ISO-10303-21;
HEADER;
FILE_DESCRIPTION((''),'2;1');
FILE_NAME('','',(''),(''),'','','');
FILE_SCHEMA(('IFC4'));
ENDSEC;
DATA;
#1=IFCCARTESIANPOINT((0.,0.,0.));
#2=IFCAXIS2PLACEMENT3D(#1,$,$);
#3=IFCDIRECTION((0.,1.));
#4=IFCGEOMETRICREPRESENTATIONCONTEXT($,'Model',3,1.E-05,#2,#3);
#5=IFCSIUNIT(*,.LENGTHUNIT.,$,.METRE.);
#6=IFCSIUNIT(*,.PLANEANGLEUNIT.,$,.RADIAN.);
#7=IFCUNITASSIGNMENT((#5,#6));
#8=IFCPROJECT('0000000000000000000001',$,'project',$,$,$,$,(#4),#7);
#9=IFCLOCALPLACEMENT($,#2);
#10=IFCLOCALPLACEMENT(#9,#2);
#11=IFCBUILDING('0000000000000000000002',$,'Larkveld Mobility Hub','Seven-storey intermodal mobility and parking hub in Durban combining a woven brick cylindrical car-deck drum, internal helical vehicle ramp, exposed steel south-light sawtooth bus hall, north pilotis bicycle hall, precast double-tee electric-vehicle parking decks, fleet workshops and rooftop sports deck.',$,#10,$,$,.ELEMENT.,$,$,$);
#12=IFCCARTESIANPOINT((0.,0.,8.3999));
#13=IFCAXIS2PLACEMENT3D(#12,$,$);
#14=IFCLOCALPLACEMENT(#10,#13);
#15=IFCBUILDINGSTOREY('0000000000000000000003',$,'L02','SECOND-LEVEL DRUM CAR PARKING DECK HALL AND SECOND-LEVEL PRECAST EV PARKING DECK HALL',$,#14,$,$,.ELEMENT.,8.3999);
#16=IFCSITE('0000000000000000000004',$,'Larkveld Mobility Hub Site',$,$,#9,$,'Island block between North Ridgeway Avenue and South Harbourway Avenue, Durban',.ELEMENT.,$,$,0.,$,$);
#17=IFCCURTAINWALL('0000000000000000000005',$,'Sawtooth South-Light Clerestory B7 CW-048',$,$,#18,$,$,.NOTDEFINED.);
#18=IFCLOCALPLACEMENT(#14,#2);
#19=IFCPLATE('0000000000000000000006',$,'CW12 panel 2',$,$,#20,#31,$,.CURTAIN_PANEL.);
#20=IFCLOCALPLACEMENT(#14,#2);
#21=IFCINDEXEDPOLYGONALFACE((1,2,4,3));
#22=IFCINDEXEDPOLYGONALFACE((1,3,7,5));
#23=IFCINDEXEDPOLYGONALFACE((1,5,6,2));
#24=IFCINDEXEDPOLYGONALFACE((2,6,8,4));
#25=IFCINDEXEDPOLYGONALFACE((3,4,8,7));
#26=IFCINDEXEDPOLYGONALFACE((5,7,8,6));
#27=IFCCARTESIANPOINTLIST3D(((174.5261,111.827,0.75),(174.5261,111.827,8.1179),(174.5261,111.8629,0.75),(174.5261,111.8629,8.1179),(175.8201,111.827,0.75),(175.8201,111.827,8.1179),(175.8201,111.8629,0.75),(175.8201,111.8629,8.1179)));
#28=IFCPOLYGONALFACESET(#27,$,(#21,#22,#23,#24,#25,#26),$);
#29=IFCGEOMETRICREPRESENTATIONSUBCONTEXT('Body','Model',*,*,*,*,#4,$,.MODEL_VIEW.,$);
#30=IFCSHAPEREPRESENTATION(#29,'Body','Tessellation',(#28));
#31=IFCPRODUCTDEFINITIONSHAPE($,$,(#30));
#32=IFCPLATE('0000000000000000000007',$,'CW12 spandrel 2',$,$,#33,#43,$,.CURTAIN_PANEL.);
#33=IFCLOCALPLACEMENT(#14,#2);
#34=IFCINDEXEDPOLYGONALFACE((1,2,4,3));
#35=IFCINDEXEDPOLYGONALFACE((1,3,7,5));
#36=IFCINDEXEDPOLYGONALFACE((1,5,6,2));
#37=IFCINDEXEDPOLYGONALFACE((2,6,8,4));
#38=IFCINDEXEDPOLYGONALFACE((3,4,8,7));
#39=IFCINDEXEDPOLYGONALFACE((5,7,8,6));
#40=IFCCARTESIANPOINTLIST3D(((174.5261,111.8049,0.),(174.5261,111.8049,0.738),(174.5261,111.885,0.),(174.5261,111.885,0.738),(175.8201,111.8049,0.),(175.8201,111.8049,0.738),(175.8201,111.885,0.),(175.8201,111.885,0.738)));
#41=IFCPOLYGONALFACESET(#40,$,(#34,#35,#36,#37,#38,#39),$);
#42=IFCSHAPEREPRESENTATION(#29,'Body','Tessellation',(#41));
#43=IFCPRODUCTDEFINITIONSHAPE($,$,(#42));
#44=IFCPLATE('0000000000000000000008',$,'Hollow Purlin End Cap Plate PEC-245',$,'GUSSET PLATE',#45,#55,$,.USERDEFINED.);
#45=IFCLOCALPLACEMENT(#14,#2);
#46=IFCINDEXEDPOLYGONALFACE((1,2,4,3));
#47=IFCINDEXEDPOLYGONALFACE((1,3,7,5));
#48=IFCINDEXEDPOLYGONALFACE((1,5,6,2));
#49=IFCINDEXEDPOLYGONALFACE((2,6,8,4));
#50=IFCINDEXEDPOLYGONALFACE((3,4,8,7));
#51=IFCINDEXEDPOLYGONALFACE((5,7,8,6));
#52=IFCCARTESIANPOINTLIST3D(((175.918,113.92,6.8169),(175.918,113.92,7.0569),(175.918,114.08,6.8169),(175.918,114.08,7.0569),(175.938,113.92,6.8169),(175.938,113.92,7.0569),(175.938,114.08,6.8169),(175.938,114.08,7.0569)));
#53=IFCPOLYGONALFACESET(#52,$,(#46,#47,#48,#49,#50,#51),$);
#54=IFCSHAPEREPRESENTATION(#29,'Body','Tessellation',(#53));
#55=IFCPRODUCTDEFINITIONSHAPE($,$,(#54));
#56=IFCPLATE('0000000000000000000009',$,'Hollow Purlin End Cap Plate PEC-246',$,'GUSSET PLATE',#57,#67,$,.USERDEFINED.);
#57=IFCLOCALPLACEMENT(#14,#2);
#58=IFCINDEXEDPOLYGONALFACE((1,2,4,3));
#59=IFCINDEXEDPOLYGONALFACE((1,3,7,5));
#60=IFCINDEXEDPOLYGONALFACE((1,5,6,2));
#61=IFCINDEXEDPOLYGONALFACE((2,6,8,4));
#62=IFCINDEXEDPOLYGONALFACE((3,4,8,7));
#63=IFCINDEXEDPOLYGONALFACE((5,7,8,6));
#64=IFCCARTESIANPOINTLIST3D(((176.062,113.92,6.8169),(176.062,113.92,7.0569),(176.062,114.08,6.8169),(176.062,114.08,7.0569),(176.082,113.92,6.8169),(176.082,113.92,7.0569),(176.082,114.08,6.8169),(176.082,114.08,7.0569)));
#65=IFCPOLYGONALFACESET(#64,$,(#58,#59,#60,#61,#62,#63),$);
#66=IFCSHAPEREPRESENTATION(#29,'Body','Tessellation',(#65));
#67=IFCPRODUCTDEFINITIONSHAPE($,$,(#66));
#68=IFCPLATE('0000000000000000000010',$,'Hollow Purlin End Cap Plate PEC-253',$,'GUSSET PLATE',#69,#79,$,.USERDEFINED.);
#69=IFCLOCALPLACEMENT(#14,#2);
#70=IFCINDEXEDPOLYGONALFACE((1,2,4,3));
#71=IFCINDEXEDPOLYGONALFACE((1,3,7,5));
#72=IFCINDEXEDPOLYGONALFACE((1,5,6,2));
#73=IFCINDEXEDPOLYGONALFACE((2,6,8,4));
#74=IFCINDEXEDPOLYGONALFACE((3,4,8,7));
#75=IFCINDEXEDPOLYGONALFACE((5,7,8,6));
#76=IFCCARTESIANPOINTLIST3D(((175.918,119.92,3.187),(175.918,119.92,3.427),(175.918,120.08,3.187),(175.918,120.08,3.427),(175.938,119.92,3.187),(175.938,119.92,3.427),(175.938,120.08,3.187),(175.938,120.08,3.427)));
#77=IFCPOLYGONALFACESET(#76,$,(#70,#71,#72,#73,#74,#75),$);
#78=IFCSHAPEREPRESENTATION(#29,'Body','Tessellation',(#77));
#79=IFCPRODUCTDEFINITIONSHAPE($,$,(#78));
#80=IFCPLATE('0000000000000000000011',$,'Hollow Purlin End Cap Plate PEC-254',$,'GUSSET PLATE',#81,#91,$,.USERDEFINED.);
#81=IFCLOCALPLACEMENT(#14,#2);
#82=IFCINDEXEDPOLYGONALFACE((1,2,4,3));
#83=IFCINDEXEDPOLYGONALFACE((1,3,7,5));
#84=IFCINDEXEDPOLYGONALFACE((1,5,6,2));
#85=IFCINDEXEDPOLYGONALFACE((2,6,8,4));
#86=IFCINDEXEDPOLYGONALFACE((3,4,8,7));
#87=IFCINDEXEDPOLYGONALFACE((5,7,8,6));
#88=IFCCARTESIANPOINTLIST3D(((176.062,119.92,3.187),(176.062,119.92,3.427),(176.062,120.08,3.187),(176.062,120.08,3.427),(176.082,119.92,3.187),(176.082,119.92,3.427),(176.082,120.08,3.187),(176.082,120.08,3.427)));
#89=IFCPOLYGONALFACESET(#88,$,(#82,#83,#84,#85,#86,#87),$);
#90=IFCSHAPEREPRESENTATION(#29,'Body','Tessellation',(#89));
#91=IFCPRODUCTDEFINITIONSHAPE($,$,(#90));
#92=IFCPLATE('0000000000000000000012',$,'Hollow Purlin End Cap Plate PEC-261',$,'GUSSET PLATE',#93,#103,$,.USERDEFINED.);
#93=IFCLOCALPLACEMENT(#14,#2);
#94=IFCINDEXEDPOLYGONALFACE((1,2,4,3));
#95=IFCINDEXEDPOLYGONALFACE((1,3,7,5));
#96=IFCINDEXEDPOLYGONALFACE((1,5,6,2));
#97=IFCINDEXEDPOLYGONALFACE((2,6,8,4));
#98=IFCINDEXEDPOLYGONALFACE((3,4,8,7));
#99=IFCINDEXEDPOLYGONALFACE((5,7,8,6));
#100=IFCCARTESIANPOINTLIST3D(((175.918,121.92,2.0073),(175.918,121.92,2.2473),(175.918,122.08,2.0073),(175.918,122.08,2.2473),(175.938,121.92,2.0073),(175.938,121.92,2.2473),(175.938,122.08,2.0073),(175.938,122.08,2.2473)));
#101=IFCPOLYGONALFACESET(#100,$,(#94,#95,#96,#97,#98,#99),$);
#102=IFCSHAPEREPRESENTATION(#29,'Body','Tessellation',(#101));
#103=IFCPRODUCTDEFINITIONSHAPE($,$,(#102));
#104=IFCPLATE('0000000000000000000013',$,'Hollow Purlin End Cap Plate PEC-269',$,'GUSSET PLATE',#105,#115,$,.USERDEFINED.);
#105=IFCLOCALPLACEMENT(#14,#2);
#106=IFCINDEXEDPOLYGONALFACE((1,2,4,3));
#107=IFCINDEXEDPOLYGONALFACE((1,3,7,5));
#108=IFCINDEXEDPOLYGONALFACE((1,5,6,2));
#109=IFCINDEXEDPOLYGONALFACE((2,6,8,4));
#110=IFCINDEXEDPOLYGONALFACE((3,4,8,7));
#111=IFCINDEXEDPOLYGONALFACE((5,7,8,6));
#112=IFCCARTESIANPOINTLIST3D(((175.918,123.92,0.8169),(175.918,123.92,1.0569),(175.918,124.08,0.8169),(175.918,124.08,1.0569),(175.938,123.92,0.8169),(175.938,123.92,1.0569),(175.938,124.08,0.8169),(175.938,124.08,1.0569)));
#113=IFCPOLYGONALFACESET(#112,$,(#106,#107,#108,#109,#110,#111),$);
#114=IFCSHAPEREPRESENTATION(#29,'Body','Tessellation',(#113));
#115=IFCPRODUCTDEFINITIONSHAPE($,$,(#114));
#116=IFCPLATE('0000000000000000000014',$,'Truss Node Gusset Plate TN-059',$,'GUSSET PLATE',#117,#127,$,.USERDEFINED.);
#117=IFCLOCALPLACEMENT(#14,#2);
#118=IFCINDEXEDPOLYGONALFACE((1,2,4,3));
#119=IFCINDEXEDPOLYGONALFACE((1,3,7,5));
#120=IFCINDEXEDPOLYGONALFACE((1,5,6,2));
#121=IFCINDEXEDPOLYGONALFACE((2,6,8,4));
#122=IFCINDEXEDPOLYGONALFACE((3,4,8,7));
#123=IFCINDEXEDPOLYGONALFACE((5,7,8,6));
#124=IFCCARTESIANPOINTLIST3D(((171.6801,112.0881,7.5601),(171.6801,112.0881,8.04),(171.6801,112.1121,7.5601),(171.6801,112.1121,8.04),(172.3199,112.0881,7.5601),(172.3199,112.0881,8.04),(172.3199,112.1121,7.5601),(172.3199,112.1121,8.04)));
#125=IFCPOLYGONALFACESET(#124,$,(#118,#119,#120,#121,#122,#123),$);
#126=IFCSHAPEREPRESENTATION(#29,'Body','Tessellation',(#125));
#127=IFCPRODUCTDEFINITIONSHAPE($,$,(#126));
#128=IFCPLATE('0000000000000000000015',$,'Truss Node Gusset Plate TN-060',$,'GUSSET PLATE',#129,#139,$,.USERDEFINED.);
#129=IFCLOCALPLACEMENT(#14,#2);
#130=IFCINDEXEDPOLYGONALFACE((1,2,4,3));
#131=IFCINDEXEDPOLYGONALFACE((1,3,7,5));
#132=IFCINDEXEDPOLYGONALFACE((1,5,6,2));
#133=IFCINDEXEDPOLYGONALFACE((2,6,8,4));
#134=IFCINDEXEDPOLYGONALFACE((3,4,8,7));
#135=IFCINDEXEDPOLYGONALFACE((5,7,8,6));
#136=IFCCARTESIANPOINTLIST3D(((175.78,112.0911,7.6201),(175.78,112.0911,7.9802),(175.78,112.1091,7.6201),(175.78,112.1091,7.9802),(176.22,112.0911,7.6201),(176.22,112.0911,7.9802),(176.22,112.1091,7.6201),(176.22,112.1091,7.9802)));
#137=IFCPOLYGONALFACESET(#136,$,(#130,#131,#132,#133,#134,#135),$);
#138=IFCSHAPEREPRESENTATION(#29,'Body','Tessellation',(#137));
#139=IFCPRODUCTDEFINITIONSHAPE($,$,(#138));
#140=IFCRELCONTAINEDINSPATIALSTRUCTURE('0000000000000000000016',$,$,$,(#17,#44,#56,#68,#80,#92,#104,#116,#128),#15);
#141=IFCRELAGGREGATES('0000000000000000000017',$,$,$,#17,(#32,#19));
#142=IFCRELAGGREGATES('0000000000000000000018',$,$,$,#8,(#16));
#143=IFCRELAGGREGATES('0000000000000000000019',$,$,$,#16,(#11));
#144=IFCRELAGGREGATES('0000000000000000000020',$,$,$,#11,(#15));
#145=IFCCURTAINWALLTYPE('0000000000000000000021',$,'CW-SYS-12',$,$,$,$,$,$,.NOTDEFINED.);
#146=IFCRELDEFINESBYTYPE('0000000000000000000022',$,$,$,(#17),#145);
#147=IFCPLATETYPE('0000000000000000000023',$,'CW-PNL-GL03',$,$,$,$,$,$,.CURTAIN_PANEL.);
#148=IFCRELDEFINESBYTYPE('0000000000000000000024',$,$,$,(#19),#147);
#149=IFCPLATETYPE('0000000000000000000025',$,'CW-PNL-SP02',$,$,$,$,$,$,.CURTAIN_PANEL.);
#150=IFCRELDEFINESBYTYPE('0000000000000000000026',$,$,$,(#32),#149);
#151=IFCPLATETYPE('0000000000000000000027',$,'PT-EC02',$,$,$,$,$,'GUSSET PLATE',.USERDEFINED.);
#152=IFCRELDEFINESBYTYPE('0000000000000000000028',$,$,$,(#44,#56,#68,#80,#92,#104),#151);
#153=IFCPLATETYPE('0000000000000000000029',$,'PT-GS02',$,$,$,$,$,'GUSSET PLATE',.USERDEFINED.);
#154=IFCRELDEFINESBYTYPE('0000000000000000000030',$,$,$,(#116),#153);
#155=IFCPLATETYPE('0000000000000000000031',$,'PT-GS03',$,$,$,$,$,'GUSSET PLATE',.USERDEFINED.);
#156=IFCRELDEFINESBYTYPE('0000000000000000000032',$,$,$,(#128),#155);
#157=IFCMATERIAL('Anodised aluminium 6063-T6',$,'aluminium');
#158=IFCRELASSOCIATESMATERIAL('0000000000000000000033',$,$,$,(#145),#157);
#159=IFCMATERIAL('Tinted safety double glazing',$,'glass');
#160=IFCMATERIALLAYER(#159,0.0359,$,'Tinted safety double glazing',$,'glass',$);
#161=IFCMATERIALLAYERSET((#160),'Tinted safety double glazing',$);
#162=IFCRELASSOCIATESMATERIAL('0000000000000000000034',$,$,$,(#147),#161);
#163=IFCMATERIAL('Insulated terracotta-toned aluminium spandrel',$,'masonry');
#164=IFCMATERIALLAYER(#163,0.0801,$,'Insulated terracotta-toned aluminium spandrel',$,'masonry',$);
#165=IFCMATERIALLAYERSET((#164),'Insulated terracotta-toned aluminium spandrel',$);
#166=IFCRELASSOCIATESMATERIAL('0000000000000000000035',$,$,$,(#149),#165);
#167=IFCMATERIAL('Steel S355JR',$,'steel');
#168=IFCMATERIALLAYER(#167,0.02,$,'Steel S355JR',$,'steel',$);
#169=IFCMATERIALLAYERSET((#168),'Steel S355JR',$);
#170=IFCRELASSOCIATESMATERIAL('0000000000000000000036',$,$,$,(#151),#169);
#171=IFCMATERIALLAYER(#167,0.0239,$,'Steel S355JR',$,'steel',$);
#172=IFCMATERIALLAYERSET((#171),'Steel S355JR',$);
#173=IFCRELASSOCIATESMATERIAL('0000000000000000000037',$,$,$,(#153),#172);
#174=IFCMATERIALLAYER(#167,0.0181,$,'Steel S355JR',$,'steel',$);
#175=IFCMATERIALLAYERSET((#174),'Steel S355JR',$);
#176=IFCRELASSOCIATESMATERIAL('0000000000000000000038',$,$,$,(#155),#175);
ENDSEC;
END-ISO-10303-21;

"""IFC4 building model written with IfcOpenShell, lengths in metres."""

from ifc_helpers import new_model, si_unit, direction, frame, origin, origin_2d, place, context, subcontext, project, spatial, rectangle, extrude, material, layer, layer_set, type_object, element, aggregate, save


model = new_model("IFC4")

# Units and contexts
model_context = context("Model", 3, precision=1e-05, world=origin(), true_north=direction((0.0, 1.0)))
body_context = subcontext(model_context, "Body", "Model", "MODEL_VIEW")
ifc_project = project(units=[si_unit("LENGTHUNIT", "METRE"), si_unit("PLANEANGLEUNIT", "RADIAN")], contexts=[model_context])

# Site, building, storey
site_placement = place(None, origin())
site = spatial("IfcSite", under=ifc_project, at=site_placement, Name="Larkveld Mobility Hub Site", LongName="Island block between North Ridgeway Avenue and South Harbourway Avenue, Durban", CompositionType="ELEMENT", RefElevation=0.0)
building_placement = place(site_placement, origin())
building = spatial("IfcBuilding", under=site, at=building_placement, Name="Larkveld Mobility Hub", Description="Seven-storey intermodal mobility and parking hub in Durban combining a woven brick cylindrical car-deck drum, internal helical vehicle ramp, exposed steel south-light sawtooth bus hall, north pilotis bicycle hall, precast double-tee electric-vehicle parking decks, fleet workshops and rooftop sports deck.", CompositionType="ELEMENT")
storey_placement = place(building_placement, frame((0.0, 0.0, 8.3999)))
storey = spatial("IfcBuildingStorey", under=building, at=storey_placement, Name="L02", Description="SECOND-LEVEL DRUM CAR PARKING DECK HALL AND SECOND-LEVEL PRECAST EV PARKING DECK HALL", CompositionType="ELEMENT", Elevation=8.3999)

# Curtain wall
ifc_material_1 = material(Name="Anodised aluminium 6063-T6", Category="aluminium")
curtain_wall_type = type_object("IfcCurtainWallType", Name="CW-SYS-12", PredefinedType="NOTDEFINED", material=ifc_material_1)
curtain_wall_placement = place(storey_placement, origin())
curtain_wall = element("IfcCurtainWall", 1, at=curtain_wall_placement, inside=storey, type_object=curtain_wall_type, Name="Sawtooth South-Light Clerestory B7 CW-048", PredefinedType="NOTDEFINED")

# Shared definitions
ifc_material_2 = material(Name="Steel S355JR", Category="steel")

# Plates
ifc_material_3 = material(Name="Tinted safety double glazing", Category="glass")
ifc_layer_1 = layer(ifc_material_3, 0.0359, Name="Tinted safety double glazing", Category="glass")
ifc_layer_set_1 = layer_set([ifc_layer_1], Name="Tinted safety double glazing")
plate_type_1 = type_object("IfcPlateType", Name="CW-PNL-GL03", PredefinedType="CURTAIN_PANEL", material=ifc_layer_set_1)
plate_1_placement = place(storey_placement, frame((175.1731, 111.845, 0.75), z_axis=(0.0, 0.0, 1.0), x_axis=(1.0, 0.0, 0.0)))
plate_1 = element("IfcPlate", 2, at=plate_1_placement, type_object=plate_type_1, Name="CW12 panel 2", PredefinedType="CURTAIN_PANEL", context=body_context, shape_type="SweptSolid", body=[
    extrude(rectangle(XDim=1.2939, YDim=0.0359, at=origin_2d()), origin(), (0.0, 0.0, 1.0), 7.3679),
])
ifc_material_4 = material(Name="Insulated terracotta-toned aluminium spandrel", Category="masonry")
ifc_layer_2 = layer(ifc_material_4, 0.0801, Name="Insulated terracotta-toned aluminium spandrel", Category="masonry")
ifc_layer_set_2 = layer_set([ifc_layer_2], Name="Insulated terracotta-toned aluminium spandrel")
plate_type_2 = type_object("IfcPlateType", Name="CW-PNL-SP02", PredefinedType="CURTAIN_PANEL", material=ifc_layer_set_2)
plate_2_placement = place(storey_placement, frame((175.1731, 111.845, 0.0), z_axis=(0.0, 0.0, 1.0), x_axis=(1.0, 0.0, 0.0)))
plate_2 = element("IfcPlate", 3, at=plate_2_placement, type_object=plate_type_2, Name="CW12 spandrel 2", PredefinedType="CURTAIN_PANEL", context=body_context, shape_type="SweptSolid", body=[
    extrude(rectangle(XDim=1.2939, YDim=0.0801, at=origin_2d()), origin(), (0.0, 0.0, 1.0), 0.738),
])
aggregate(curtain_wall, [plate_2, plate_1])

# Plates
ifc_layer_3 = layer(ifc_material_2, 0.02, Name="Steel S355JR", Category="steel")
ifc_layer_set_3 = layer_set([ifc_layer_3], Name="Steel S355JR")
plate_type_3 = type_object("IfcPlateType", Name="PT-EC02", ElementType="GUSSET PLATE", PredefinedType="USERDEFINED", material=ifc_layer_set_3)
for number, where, z_axis, x_axis, name in (
    (4, (175.928, 114.0, 6.8169), (0.0, 0.0, 1.0), (1.0, 0.0, 0.0), "Hollow Purlin End Cap Plate PEC-245"),
    (5, (176.072, 114.0, 6.8169), (0.0, 0.0, 1.0), (1.0, 0.0, 0.0), "Hollow Purlin End Cap Plate PEC-246"),
    (6, (175.928, 120.0, 3.187), (0.0, 0.0, 1.0), (1.0, 0.0, 0.0), "Hollow Purlin End Cap Plate PEC-253"),
    (7, (176.072, 120.0, 3.187), (0.0, 0.0, 1.0), (1.0, 0.0, 0.0), "Hollow Purlin End Cap Plate PEC-254"),
    (8, (175.928, 122.0, 2.0073), (0.0, 0.0, 1.0), (1.0, 0.0, 0.0), "Hollow Purlin End Cap Plate PEC-261"),
    (9, (175.928, 124.0, 0.8169), (0.0, 0.0, 1.0), (1.0, 0.0, 0.0), "Hollow Purlin End Cap Plate PEC-269"),
):
    element("IfcPlate", number, at=place(storey_placement, frame(where, z_axis=z_axis, x_axis=x_axis)), inside=storey, type_object=plate_type_3, Name=name, ObjectType="GUSSET PLATE", PredefinedType="USERDEFINED", context=body_context, shape_type="SweptSolid", body=[
        extrude(rectangle(XDim=0.02, YDim=0.1599, at=origin_2d()), origin(), (0.0, 0.0, 1.0), 0.24),
    ])
ifc_layer_4 = layer(ifc_material_2, 0.0239, Name="Steel S355JR", Category="steel")
ifc_layer_set_4 = layer_set([ifc_layer_4], Name="Steel S355JR")
plate_type_4 = type_object("IfcPlateType", Name="PT-GS02", ElementType="GUSSET PLATE", PredefinedType="USERDEFINED", material=ifc_layer_set_4)
plate_3_placement = place(storey_placement, frame((172.0, 112.1001, 7.5601), z_axis=(0.0, 0.0, 1.0), x_axis=(1.0, 0.0, 0.0)))
element("IfcPlate", 10, at=plate_3_placement, inside=storey, type_object=plate_type_4, Name="Truss Node Gusset Plate TN-059", ObjectType="GUSSET PLATE", PredefinedType="USERDEFINED", context=body_context, shape_type="SweptSolid", body=[
    extrude(rectangle(XDim=0.6399, YDim=0.0239, at=origin_2d()), origin(), (0.0, 0.0, 1.0), 0.48),
])
ifc_layer_5 = layer(ifc_material_2, 0.0181, Name="Steel S355JR", Category="steel")
ifc_layer_set_5 = layer_set([ifc_layer_5], Name="Steel S355JR")
plate_type_5 = type_object("IfcPlateType", Name="PT-GS03", ElementType="GUSSET PLATE", PredefinedType="USERDEFINED", material=ifc_layer_set_5)
plate_4_placement = place(storey_placement, frame((176.0, 112.1001, 7.6201), z_axis=(0.0, 0.0, 1.0), x_axis=(1.0, 0.0, 0.0)))
element("IfcPlate", 11, at=plate_4_placement, inside=storey, type_object=plate_type_5, Name="Truss Node Gusset Plate TN-060", ObjectType="GUSSET PLATE", PredefinedType="USERDEFINED", context=body_context, shape_type="SweptSolid", body=[
    extrude(rectangle(XDim=0.4399, YDim=0.0181, at=origin_2d()), origin(), (0.0, 0.0, 1.0), 0.3601),
])

save(model, "model.ifc")
